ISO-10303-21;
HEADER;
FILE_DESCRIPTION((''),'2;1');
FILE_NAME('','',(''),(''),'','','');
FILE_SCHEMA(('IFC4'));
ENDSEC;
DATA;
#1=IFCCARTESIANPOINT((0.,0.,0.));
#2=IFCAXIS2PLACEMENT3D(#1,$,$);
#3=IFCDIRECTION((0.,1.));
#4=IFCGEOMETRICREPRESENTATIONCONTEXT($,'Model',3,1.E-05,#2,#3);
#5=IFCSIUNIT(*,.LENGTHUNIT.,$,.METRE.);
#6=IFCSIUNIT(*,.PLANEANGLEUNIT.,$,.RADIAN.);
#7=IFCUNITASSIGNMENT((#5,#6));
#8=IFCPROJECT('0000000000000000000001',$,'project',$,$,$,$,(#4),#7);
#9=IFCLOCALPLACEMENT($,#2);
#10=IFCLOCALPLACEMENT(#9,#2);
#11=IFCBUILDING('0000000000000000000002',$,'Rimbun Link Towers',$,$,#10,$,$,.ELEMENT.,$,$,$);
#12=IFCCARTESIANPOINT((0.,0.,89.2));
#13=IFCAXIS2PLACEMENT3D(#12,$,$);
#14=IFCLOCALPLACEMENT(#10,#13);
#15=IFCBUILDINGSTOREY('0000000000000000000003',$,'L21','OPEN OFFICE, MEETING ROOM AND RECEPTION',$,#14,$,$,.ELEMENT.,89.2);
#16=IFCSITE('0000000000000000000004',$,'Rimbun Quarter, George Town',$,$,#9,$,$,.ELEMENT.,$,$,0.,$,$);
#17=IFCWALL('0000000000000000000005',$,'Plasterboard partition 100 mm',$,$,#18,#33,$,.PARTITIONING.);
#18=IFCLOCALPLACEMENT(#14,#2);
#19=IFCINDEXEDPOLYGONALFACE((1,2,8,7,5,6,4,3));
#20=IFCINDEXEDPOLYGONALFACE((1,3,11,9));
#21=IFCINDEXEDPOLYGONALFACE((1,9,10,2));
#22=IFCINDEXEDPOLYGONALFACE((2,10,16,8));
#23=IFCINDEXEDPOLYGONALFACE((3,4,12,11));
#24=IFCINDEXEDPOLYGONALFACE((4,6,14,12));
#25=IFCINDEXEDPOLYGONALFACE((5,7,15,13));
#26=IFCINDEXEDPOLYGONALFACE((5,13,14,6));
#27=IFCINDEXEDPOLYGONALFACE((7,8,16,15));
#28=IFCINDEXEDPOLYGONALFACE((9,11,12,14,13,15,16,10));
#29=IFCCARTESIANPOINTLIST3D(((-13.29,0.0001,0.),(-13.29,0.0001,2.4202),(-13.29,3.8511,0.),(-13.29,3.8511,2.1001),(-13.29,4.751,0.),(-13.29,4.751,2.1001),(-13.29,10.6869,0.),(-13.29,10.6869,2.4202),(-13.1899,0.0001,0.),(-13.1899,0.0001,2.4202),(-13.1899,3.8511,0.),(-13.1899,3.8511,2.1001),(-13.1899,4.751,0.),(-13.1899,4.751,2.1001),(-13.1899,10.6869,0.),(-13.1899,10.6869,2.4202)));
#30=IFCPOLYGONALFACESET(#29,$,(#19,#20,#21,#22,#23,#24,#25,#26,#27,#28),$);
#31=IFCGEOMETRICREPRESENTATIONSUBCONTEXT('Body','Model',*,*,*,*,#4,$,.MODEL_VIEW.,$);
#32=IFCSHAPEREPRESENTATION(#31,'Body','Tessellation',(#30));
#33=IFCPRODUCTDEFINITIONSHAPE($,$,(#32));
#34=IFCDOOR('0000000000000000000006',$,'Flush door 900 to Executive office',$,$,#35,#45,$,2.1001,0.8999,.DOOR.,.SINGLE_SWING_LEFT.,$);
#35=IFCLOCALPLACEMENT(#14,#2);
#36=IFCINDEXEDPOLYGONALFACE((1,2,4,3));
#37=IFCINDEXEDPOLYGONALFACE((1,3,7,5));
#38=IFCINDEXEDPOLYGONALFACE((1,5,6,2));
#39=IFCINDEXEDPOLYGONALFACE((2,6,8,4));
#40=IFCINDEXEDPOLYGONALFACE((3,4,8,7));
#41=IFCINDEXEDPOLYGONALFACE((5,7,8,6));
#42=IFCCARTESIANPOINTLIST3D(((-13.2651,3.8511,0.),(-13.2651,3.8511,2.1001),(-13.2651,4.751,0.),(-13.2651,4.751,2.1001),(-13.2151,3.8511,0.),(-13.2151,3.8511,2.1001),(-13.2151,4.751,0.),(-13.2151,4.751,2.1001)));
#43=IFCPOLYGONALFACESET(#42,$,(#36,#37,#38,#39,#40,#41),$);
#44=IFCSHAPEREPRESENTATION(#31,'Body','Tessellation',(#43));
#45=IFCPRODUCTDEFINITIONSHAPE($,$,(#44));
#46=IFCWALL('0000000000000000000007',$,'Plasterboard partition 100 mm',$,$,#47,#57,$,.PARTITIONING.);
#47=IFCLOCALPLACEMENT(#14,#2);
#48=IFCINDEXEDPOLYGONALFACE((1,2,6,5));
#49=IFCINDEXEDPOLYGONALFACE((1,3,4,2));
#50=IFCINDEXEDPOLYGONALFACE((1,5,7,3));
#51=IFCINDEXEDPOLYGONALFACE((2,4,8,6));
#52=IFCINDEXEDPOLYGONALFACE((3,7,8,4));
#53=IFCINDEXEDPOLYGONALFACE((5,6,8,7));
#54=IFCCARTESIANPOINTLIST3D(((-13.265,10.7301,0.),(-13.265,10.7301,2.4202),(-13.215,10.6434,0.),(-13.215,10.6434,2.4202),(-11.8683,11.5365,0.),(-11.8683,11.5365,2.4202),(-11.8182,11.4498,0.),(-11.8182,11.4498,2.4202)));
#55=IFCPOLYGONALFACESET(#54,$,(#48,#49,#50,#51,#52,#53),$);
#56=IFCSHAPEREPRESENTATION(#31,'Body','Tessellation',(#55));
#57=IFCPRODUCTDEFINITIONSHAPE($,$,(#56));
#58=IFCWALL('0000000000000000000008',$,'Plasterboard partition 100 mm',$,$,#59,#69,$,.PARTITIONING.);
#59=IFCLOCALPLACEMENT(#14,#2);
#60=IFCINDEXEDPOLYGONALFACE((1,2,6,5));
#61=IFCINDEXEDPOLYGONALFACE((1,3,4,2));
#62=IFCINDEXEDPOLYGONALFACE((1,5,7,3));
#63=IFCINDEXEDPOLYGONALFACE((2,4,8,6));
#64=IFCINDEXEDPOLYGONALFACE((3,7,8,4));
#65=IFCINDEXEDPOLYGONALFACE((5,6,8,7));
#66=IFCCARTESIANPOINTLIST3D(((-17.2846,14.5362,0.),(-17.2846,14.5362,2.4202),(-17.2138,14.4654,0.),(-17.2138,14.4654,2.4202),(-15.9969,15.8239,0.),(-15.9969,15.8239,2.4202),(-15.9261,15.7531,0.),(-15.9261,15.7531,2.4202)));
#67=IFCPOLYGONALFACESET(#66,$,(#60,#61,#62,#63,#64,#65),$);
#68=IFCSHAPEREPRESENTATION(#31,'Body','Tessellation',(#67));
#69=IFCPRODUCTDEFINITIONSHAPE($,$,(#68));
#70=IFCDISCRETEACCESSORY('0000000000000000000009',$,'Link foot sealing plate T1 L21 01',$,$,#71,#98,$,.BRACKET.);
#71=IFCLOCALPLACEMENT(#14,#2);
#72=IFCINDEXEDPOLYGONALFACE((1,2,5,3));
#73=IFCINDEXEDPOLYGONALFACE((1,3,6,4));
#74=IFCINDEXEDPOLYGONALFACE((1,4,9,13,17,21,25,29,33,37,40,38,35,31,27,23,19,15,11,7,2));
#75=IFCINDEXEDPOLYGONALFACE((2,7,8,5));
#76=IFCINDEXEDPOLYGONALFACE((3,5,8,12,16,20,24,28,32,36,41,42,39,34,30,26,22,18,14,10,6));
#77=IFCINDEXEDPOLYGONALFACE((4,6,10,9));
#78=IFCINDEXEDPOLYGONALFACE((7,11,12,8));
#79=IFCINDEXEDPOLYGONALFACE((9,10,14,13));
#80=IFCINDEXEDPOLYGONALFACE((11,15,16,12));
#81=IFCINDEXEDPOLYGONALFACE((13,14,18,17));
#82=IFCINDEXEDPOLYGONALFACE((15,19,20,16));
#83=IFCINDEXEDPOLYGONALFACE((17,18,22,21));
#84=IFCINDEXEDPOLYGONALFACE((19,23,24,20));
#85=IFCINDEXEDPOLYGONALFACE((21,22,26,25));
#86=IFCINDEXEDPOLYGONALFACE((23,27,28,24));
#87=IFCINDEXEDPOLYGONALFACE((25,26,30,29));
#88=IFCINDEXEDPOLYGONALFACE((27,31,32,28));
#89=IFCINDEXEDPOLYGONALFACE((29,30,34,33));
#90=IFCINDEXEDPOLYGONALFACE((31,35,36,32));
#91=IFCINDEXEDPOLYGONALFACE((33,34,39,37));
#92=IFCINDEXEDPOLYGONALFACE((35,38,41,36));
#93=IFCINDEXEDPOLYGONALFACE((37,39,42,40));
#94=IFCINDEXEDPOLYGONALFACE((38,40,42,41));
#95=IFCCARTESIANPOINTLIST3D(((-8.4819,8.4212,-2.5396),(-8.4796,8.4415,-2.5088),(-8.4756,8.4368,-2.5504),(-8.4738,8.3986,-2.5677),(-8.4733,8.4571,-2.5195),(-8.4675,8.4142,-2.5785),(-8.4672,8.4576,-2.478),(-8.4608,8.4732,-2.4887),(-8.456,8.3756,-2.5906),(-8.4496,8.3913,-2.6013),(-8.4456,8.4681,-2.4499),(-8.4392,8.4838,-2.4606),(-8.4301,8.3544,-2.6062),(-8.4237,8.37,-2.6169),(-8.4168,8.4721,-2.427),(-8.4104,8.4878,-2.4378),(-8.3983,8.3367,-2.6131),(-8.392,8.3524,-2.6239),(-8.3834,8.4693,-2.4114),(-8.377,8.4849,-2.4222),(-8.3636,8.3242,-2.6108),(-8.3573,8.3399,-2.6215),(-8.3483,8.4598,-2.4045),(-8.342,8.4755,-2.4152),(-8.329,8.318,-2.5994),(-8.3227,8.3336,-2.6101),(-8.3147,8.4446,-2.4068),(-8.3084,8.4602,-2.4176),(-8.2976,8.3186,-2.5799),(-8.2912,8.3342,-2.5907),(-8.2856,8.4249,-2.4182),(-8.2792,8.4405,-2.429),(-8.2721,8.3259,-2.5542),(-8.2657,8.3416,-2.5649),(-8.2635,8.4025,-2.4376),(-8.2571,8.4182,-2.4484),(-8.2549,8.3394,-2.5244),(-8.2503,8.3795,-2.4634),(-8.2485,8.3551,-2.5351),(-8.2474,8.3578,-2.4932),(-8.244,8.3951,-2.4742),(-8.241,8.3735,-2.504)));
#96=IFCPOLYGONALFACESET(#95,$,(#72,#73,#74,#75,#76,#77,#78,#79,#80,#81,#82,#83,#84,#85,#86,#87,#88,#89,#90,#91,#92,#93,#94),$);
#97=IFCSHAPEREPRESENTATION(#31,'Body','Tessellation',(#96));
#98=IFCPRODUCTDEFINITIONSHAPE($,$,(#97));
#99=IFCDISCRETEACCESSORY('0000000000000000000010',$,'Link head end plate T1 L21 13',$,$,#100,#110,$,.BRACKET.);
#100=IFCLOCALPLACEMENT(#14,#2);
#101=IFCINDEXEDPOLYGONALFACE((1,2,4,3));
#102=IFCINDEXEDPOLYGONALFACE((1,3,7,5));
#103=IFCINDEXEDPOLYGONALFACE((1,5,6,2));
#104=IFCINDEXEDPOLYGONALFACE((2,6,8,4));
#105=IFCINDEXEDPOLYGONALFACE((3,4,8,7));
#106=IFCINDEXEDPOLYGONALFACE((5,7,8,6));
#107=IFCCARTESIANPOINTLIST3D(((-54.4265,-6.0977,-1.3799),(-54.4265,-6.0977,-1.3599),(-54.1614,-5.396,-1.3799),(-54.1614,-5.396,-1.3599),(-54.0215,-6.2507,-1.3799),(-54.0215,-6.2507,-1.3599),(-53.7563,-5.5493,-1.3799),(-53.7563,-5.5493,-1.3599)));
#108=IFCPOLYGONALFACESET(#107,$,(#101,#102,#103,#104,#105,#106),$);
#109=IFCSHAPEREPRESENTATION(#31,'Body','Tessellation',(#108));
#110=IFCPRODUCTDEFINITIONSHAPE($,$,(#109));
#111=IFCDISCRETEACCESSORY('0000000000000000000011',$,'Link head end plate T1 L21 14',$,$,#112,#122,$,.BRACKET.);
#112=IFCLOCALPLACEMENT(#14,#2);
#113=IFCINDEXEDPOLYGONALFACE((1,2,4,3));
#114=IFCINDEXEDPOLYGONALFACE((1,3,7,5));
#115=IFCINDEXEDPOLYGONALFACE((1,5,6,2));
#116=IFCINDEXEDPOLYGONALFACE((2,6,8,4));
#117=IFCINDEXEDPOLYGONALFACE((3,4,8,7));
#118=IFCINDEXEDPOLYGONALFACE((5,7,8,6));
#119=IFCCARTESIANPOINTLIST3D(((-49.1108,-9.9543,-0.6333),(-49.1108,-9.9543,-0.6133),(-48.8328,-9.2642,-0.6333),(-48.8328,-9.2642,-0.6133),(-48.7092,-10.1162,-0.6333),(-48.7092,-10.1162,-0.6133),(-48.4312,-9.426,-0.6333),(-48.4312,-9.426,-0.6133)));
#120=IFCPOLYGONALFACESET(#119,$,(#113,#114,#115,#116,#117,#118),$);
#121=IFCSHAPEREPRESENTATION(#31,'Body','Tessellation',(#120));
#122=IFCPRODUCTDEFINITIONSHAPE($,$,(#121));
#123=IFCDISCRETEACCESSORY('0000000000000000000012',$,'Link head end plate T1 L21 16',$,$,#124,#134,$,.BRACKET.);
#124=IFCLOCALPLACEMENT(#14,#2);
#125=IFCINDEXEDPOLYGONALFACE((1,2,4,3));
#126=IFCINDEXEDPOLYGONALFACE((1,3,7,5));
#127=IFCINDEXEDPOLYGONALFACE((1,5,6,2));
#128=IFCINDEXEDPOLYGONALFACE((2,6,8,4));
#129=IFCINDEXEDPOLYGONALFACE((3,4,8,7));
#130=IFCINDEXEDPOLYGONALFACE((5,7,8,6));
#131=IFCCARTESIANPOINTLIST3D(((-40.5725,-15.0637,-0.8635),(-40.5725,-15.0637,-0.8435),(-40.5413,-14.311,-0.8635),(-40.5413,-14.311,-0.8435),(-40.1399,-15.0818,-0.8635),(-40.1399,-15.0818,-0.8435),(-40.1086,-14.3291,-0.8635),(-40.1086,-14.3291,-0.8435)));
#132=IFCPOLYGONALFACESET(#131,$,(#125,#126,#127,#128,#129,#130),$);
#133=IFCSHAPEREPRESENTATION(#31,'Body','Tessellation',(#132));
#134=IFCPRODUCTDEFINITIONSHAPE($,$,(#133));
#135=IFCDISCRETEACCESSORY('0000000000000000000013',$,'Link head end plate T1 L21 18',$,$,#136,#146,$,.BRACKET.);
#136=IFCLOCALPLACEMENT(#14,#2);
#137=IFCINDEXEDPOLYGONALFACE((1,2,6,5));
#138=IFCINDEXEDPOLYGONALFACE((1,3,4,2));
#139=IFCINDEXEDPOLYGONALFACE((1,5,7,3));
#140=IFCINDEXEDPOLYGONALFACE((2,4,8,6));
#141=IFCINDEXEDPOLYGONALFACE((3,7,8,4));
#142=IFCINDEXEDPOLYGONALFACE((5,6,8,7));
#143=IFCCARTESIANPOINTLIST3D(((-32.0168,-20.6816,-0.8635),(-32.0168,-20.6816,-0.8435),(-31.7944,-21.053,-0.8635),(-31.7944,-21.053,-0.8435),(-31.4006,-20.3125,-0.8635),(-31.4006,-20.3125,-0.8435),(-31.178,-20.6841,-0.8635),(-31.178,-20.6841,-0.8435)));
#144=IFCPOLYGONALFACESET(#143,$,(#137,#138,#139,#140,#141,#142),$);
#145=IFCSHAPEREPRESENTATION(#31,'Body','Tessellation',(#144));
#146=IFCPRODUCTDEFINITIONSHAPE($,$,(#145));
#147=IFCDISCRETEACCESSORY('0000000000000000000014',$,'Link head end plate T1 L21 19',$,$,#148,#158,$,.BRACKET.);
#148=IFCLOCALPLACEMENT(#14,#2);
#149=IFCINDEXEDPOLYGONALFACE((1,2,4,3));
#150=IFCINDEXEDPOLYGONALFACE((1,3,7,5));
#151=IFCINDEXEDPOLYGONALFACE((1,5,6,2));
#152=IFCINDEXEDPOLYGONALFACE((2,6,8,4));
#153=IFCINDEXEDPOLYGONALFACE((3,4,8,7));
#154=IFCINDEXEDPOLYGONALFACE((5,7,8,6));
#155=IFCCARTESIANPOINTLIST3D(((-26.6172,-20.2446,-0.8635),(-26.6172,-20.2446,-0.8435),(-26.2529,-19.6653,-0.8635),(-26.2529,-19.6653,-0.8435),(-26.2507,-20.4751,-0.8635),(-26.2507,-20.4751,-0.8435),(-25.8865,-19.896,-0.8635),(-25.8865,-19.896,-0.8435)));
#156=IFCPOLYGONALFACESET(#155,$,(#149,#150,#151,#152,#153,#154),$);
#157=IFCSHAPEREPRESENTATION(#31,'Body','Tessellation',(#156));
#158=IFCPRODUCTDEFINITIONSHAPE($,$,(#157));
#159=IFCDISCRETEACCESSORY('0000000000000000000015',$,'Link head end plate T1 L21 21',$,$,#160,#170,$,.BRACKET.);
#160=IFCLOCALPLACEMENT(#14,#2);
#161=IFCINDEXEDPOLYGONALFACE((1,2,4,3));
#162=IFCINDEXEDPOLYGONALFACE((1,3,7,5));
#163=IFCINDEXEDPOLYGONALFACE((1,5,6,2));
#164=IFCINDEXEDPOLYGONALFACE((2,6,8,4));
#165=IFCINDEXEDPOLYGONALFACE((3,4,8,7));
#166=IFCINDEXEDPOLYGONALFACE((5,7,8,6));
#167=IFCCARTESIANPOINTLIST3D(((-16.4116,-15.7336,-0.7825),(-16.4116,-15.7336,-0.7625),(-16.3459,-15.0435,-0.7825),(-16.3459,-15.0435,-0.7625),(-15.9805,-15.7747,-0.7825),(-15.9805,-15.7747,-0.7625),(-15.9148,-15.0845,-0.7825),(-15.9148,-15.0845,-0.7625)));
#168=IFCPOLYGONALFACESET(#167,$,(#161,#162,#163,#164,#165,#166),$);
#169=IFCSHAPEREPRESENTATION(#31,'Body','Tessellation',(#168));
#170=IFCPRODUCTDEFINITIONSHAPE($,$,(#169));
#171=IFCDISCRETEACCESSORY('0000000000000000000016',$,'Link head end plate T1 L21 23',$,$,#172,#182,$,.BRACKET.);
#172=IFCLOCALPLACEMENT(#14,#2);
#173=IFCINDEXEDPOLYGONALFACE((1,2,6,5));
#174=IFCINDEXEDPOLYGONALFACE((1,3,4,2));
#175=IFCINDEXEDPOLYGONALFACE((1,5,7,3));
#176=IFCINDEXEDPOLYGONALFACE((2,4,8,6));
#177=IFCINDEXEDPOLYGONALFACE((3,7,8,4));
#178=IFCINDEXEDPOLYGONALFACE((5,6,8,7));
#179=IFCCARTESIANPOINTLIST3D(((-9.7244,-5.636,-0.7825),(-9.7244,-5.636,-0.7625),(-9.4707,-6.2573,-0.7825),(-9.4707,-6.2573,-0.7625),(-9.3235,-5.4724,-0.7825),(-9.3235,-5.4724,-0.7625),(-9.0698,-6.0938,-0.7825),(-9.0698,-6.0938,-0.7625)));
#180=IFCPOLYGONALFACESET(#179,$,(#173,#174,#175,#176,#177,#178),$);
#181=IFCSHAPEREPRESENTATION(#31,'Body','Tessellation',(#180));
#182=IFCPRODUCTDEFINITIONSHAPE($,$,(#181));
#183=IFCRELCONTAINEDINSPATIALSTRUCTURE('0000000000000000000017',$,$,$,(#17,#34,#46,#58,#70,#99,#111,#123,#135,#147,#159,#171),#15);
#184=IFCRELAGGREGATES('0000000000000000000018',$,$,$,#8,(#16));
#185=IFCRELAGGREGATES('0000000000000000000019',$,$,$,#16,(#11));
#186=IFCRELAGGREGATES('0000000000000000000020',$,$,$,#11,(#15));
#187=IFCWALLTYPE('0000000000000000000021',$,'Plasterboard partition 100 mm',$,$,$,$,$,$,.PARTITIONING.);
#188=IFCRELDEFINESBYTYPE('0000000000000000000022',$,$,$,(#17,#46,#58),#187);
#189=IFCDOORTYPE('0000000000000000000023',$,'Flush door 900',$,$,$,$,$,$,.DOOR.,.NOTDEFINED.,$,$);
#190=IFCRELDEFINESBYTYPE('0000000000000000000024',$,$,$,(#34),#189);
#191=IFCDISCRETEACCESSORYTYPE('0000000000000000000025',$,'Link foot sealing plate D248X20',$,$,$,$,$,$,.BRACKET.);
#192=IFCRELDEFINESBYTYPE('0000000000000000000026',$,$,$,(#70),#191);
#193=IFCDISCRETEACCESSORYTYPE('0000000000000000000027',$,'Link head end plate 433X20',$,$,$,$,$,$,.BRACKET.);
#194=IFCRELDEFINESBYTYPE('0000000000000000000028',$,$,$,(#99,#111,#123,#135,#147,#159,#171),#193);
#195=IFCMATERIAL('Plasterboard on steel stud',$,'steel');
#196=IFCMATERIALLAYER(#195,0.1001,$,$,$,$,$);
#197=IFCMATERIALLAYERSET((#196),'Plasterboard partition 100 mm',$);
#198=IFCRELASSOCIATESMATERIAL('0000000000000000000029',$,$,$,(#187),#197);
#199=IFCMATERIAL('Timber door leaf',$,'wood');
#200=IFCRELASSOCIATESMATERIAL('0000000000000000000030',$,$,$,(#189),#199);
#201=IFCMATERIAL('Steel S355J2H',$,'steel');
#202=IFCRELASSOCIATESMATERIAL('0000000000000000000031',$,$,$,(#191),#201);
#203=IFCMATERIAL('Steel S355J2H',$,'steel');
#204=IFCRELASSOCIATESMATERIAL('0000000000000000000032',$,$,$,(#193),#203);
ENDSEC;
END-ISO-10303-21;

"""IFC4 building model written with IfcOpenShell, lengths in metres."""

from ifc_helpers import new_model, si_unit, direction, frame, frame_2d, origin, origin_2d, place, context, subcontext, project, spatial, polyline, rectangle, circle, outline, extrude, material, layer, layer_set, material_profile, profile_set, type_object, element, fill, save


model = new_model("IFC4")

# Units and contexts
model_context = context("Model", 3, precision=1e-05, world=origin(), true_north=direction((0.0, 1.0)))
body_context = subcontext(model_context, "Body", "Model", "MODEL_VIEW")
ifc_project = project(units=[si_unit("LENGTHUNIT", "METRE"), si_unit("PLANEANGLEUNIT", "RADIAN")], contexts=[model_context])

# Site, building, storey
site_placement = place(None, origin())
site = spatial("IfcSite", under=ifc_project, at=site_placement, Name="Rimbun Quarter, George Town", CompositionType="ELEMENT", RefElevation=0.0)
building_placement = place(site_placement, origin())
building = spatial("IfcBuilding", under=site, at=building_placement, Name="Rimbun Link Towers", CompositionType="ELEMENT")
storey_placement = place(building_placement, frame((0.0, 0.0, 89.2)))
storey = spatial("IfcBuildingStorey", under=building, at=storey_placement, Name="L21", Description="OPEN OFFICE, MEETING ROOM AND RECEPTION", CompositionType="ELEMENT", Elevation=89.2)

# Wall, opening, door
ifc_material_1 = material(Name="Plasterboard on steel stud", Category="steel")
ifc_layer_1 = layer(ifc_material_1, 0.1001)
ifc_layer_set_1 = layer_set([ifc_layer_1], Name="Plasterboard partition 100 mm")
wall_type = type_object("IfcWallType", Name="Plasterboard partition 100 mm", PredefinedType="PARTITIONING", material=ifc_layer_set_1)
wall_1_placement = place(storey_placement, frame((-13.24, 10.6868, 0.0), z_axis=(0.0, 0.0, 1.0), x_axis=(0.0, -1.0, 0.0)))
wall_1 = element("IfcWall", 1, at=wall_1_placement, inside=storey, type_object=wall_type, Name="Plasterboard partition 100 mm", PredefinedType="PARTITIONING", context=body_context, shape_type="SweptSolid", body=[
    extrude(rectangle(XDim=10.6868, YDim=0.1001, at=frame_2d((5.3433, 0.0))), origin(), (0.0, 0.0, 1.0), 2.4202),
])
opening_placement = place(wall_1_placement, frame((5.9358, 0.0, 0.0)))
opening = element("IfcOpeningElement", 2, at=opening_placement, cuts=wall_1, PredefinedType="OPENING", context=body_context, shape_type="SweptSolid", body=[
    extrude(rectangle(XDim=0.8999, YDim=2.1001, at=frame_2d((0.45, 1.05))), frame((0.0, 0.0601, 0.0), z_axis=(0.0, -1.0, 0.0), x_axis=(1.0, 0.0, 0.0)), (0.0, 0.0, 1.0), 0.1201),
])
ifc_material_2 = material(Name="Timber door leaf", Category="wood")
door_type = type_object("IfcDoorType", Name="Flush door 900", OperationType="NOTDEFINED", PredefinedType="DOOR", material=ifc_material_2)
door_placement = place(opening_placement, origin())
door = element("IfcDoor", 3, at=door_placement, inside=storey, type_object=door_type, Name="Flush door 900 to Executive office", OperationType="SINGLE_SWING_LEFT", OverallHeight=2.1001, OverallWidth=0.8999, PredefinedType="DOOR", context=body_context, shape_type="SweptSolid", body=[
    extrude(rectangle(XDim=0.8999, YDim=2.1001, at=frame_2d((0.45, 1.05))), frame((0.0, 0.0249, 0.0), z_axis=(0.0, -1.0, 0.0), x_axis=(1.0, 0.0, 0.0)), (0.0, 0.0, 1.0), 0.05),
])
fill(opening, door)

# Walls
wall_2_placement = place(storey_placement, frame((-11.8433, 11.4932, 0.0), z_axis=(0.0, 0.0, 1.0), x_axis=(-0.866027, -0.499998, 0.0)))
element("IfcWall", 4, at=wall_2_placement, inside=storey, type_object=wall_type, Name="Plasterboard partition 100 mm", PredefinedType="PARTITIONING", context=body_context, shape_type="SweptSolid", body=[
    extrude(rectangle(XDim=1.6128, YDim=0.1001, at=frame_2d((0.8064, 0.0))), origin(), (0.0, 0.0, 1.0), 2.4202),
])
wall_3_placement = place(storey_placement, frame((-15.9614, 15.7886, 0.0), z_axis=(0.0, 0.0, 1.0), x_axis=(-0.707107, -0.707107, 0.0)))
element("IfcWall", 5, at=wall_3_placement, inside=storey, type_object=wall_type, Name="Plasterboard partition 100 mm", PredefinedType="PARTITIONING", context=body_context, shape_type="SweptSolid", body=[
    extrude(rectangle(XDim=1.821, YDim=0.1001, at=frame_2d((0.9106, 0.0))), origin(), (0.0, 0.0, 1.0), 2.4202),
])

# Discrete accessories
ifc_material_3 = material(Name="Steel S355J2H", Category="steel")
ifc_material_profile_1 = material_profile(ifc_material_3, circle(Radius=0.124, at=origin_2d()), Name="PL D248")
ifc_profile_set_1 = profile_set([ifc_material_profile_1], Name="Steel S355J2H")
discrete_accessory_type_1 = type_object("IfcDiscreteAccessoryType", Name="Link foot sealing plate D248X20", PredefinedType="BRACKET", material=ifc_profile_set_1)
discrete_accessory_1_placement = place(storey_placement, frame((-8.3647, 8.3948, -2.5088), z_axis=(0.317451, 0.781418, -0.537225), x_axis=(-0.926467, 0.376377, 0.0)))
element("IfcDiscreteAccessory", 6, at=discrete_accessory_1_placement, inside=storey, type_object=discrete_accessory_type_1, Name="Link foot sealing plate T1 L21 01", PredefinedType="BRACKET", context=body_context, shape_type="SweptSolid", body=[
    extrude(circle(Radius=0.124, at=origin_2d()), origin(), (0.0, 0.0, 1.0), 0.02),
])
ifc_material_4 = material(Name="Steel S355J2H", Category="steel")
ifc_material_profile_2 = material_profile(ifc_material_4, rectangle(XDim=0.4331, YDim=0.4331, at=origin_2d()), Name="PL 433x433")
ifc_profile_set_2 = profile_set([ifc_material_profile_2], Name="Steel S355J2H")
discrete_accessory_type_2 = type_object("IfcDiscreteAccessoryType", Name="Link head end plate 433X20", PredefinedType="BRACKET", material=ifc_profile_set_2)
discrete_accessory_2_placement = place(storey_placement, frame((0.0, 0.0, -1.3799)))
element("IfcDiscreteAccessory", 7, at=discrete_accessory_2_placement, inside=storey, type_object=discrete_accessory_type_2, Name="Link head end plate T1 L21 13", PredefinedType="BRACKET", context=body_context, shape_type="SweptSolid", body=[
    extrude(outline(polyline([(-54.1614, -5.396), (-54.4265, -6.0977), (-54.0215, -6.2507), (-53.7563, -5.5493), (-54.1614, -5.396)])), origin(), (0.0, 0.0, 1.0), 0.02),
])
discrete_accessory_3_placement = place(storey_placement, frame((0.0, 0.0, -0.6333)))
element("IfcDiscreteAccessory", 8, at=discrete_accessory_3_placement, inside=storey, type_object=discrete_accessory_type_2, Name="Link head end plate T1 L21 14", PredefinedType="BRACKET", context=body_context, shape_type="SweptSolid", body=[
    extrude(outline(polyline([(-48.8328, -9.2642), (-49.1108, -9.9543), (-48.7092, -10.1162), (-48.4312, -9.426), (-48.8328, -9.2642)])), origin(), (0.0, 0.0, 1.0), 0.02),
])
discrete_accessory_4_placement = place(storey_placement, frame((0.0, 0.0, -0.8635)))
element("IfcDiscreteAccessory", 9, at=discrete_accessory_4_placement, inside=storey, type_object=discrete_accessory_type_2, Name="Link head end plate T1 L21 16", PredefinedType="BRACKET", context=body_context, shape_type="SweptSolid", body=[
    extrude(outline(polyline([(-40.5413, -14.311), (-40.5725, -15.0637), (-40.1399, -15.0818), (-40.1086, -14.3291), (-40.5413, -14.311)])), origin(), (0.0, 0.0, 1.0), 0.02),
])
discrete_accessory_5_placement = place(storey_placement, frame((0.0, 0.0, -0.8635)))
element("IfcDiscreteAccessory", 10, at=discrete_accessory_5_placement, inside=storey, type_object=discrete_accessory_type_2, Name="Link head end plate T1 L21 18", PredefinedType="BRACKET", context=body_context, shape_type="SweptSolid", body=[
    extrude(outline(polyline([(-31.4006, -20.3125), (-32.0168, -20.6816), (-31.7944, -21.053), (-31.178, -20.6841), (-31.4006, -20.3125)])), origin(), (0.0, 0.0, 1.0), 0.02),
])
discrete_accessory_6_placement = place(storey_placement, frame((0.0, 0.0, -0.8635)))
element("IfcDiscreteAccessory", 11, at=discrete_accessory_6_placement, inside=storey, type_object=discrete_accessory_type_2, Name="Link head end plate T1 L21 19", PredefinedType="BRACKET", context=body_context, shape_type="SweptSolid", body=[
    extrude(outline(polyline([(-26.2529, -19.6653), (-26.6172, -20.2446), (-26.2507, -20.4751), (-25.8865, -19.896), (-26.2529, -19.6653)])), origin(), (0.0, 0.0, 1.0), 0.02),
])
discrete_accessory_7_placement = place(storey_placement, frame((0.0, 0.0, -0.7825)))
element("IfcDiscreteAccessory", 12, at=discrete_accessory_7_placement, inside=storey, type_object=discrete_accessory_type_2, Name="Link head end plate T1 L21 21", PredefinedType="BRACKET", context=body_context, shape_type="SweptSolid", body=[
    extrude(outline(polyline([(-16.3459, -15.0435), (-16.4116, -15.7336), (-15.9805, -15.7747), (-15.9148, -15.0845), (-16.3459, -15.0435)])), origin(), (0.0, 0.0, 1.0), 0.02),
])
discrete_accessory_8_placement = place(storey_placement, frame((0.0, 0.0, -0.7825)))
element("IfcDiscreteAccessory", 13, at=discrete_accessory_8_placement, inside=storey, type_object=discrete_accessory_type_2, Name="Link head end plate T1 L21 23", PredefinedType="BRACKET", context=body_context, shape_type="SweptSolid", body=[
    extrude(outline(polyline([(-9.7244, -5.636), (-9.4707, -6.2573), (-9.0698, -6.0938), (-9.3235, -5.4724), (-9.7244, -5.636)])), origin(), (0.0, 0.0, 1.0), 0.02),
])

save(model, "model.ifc")
